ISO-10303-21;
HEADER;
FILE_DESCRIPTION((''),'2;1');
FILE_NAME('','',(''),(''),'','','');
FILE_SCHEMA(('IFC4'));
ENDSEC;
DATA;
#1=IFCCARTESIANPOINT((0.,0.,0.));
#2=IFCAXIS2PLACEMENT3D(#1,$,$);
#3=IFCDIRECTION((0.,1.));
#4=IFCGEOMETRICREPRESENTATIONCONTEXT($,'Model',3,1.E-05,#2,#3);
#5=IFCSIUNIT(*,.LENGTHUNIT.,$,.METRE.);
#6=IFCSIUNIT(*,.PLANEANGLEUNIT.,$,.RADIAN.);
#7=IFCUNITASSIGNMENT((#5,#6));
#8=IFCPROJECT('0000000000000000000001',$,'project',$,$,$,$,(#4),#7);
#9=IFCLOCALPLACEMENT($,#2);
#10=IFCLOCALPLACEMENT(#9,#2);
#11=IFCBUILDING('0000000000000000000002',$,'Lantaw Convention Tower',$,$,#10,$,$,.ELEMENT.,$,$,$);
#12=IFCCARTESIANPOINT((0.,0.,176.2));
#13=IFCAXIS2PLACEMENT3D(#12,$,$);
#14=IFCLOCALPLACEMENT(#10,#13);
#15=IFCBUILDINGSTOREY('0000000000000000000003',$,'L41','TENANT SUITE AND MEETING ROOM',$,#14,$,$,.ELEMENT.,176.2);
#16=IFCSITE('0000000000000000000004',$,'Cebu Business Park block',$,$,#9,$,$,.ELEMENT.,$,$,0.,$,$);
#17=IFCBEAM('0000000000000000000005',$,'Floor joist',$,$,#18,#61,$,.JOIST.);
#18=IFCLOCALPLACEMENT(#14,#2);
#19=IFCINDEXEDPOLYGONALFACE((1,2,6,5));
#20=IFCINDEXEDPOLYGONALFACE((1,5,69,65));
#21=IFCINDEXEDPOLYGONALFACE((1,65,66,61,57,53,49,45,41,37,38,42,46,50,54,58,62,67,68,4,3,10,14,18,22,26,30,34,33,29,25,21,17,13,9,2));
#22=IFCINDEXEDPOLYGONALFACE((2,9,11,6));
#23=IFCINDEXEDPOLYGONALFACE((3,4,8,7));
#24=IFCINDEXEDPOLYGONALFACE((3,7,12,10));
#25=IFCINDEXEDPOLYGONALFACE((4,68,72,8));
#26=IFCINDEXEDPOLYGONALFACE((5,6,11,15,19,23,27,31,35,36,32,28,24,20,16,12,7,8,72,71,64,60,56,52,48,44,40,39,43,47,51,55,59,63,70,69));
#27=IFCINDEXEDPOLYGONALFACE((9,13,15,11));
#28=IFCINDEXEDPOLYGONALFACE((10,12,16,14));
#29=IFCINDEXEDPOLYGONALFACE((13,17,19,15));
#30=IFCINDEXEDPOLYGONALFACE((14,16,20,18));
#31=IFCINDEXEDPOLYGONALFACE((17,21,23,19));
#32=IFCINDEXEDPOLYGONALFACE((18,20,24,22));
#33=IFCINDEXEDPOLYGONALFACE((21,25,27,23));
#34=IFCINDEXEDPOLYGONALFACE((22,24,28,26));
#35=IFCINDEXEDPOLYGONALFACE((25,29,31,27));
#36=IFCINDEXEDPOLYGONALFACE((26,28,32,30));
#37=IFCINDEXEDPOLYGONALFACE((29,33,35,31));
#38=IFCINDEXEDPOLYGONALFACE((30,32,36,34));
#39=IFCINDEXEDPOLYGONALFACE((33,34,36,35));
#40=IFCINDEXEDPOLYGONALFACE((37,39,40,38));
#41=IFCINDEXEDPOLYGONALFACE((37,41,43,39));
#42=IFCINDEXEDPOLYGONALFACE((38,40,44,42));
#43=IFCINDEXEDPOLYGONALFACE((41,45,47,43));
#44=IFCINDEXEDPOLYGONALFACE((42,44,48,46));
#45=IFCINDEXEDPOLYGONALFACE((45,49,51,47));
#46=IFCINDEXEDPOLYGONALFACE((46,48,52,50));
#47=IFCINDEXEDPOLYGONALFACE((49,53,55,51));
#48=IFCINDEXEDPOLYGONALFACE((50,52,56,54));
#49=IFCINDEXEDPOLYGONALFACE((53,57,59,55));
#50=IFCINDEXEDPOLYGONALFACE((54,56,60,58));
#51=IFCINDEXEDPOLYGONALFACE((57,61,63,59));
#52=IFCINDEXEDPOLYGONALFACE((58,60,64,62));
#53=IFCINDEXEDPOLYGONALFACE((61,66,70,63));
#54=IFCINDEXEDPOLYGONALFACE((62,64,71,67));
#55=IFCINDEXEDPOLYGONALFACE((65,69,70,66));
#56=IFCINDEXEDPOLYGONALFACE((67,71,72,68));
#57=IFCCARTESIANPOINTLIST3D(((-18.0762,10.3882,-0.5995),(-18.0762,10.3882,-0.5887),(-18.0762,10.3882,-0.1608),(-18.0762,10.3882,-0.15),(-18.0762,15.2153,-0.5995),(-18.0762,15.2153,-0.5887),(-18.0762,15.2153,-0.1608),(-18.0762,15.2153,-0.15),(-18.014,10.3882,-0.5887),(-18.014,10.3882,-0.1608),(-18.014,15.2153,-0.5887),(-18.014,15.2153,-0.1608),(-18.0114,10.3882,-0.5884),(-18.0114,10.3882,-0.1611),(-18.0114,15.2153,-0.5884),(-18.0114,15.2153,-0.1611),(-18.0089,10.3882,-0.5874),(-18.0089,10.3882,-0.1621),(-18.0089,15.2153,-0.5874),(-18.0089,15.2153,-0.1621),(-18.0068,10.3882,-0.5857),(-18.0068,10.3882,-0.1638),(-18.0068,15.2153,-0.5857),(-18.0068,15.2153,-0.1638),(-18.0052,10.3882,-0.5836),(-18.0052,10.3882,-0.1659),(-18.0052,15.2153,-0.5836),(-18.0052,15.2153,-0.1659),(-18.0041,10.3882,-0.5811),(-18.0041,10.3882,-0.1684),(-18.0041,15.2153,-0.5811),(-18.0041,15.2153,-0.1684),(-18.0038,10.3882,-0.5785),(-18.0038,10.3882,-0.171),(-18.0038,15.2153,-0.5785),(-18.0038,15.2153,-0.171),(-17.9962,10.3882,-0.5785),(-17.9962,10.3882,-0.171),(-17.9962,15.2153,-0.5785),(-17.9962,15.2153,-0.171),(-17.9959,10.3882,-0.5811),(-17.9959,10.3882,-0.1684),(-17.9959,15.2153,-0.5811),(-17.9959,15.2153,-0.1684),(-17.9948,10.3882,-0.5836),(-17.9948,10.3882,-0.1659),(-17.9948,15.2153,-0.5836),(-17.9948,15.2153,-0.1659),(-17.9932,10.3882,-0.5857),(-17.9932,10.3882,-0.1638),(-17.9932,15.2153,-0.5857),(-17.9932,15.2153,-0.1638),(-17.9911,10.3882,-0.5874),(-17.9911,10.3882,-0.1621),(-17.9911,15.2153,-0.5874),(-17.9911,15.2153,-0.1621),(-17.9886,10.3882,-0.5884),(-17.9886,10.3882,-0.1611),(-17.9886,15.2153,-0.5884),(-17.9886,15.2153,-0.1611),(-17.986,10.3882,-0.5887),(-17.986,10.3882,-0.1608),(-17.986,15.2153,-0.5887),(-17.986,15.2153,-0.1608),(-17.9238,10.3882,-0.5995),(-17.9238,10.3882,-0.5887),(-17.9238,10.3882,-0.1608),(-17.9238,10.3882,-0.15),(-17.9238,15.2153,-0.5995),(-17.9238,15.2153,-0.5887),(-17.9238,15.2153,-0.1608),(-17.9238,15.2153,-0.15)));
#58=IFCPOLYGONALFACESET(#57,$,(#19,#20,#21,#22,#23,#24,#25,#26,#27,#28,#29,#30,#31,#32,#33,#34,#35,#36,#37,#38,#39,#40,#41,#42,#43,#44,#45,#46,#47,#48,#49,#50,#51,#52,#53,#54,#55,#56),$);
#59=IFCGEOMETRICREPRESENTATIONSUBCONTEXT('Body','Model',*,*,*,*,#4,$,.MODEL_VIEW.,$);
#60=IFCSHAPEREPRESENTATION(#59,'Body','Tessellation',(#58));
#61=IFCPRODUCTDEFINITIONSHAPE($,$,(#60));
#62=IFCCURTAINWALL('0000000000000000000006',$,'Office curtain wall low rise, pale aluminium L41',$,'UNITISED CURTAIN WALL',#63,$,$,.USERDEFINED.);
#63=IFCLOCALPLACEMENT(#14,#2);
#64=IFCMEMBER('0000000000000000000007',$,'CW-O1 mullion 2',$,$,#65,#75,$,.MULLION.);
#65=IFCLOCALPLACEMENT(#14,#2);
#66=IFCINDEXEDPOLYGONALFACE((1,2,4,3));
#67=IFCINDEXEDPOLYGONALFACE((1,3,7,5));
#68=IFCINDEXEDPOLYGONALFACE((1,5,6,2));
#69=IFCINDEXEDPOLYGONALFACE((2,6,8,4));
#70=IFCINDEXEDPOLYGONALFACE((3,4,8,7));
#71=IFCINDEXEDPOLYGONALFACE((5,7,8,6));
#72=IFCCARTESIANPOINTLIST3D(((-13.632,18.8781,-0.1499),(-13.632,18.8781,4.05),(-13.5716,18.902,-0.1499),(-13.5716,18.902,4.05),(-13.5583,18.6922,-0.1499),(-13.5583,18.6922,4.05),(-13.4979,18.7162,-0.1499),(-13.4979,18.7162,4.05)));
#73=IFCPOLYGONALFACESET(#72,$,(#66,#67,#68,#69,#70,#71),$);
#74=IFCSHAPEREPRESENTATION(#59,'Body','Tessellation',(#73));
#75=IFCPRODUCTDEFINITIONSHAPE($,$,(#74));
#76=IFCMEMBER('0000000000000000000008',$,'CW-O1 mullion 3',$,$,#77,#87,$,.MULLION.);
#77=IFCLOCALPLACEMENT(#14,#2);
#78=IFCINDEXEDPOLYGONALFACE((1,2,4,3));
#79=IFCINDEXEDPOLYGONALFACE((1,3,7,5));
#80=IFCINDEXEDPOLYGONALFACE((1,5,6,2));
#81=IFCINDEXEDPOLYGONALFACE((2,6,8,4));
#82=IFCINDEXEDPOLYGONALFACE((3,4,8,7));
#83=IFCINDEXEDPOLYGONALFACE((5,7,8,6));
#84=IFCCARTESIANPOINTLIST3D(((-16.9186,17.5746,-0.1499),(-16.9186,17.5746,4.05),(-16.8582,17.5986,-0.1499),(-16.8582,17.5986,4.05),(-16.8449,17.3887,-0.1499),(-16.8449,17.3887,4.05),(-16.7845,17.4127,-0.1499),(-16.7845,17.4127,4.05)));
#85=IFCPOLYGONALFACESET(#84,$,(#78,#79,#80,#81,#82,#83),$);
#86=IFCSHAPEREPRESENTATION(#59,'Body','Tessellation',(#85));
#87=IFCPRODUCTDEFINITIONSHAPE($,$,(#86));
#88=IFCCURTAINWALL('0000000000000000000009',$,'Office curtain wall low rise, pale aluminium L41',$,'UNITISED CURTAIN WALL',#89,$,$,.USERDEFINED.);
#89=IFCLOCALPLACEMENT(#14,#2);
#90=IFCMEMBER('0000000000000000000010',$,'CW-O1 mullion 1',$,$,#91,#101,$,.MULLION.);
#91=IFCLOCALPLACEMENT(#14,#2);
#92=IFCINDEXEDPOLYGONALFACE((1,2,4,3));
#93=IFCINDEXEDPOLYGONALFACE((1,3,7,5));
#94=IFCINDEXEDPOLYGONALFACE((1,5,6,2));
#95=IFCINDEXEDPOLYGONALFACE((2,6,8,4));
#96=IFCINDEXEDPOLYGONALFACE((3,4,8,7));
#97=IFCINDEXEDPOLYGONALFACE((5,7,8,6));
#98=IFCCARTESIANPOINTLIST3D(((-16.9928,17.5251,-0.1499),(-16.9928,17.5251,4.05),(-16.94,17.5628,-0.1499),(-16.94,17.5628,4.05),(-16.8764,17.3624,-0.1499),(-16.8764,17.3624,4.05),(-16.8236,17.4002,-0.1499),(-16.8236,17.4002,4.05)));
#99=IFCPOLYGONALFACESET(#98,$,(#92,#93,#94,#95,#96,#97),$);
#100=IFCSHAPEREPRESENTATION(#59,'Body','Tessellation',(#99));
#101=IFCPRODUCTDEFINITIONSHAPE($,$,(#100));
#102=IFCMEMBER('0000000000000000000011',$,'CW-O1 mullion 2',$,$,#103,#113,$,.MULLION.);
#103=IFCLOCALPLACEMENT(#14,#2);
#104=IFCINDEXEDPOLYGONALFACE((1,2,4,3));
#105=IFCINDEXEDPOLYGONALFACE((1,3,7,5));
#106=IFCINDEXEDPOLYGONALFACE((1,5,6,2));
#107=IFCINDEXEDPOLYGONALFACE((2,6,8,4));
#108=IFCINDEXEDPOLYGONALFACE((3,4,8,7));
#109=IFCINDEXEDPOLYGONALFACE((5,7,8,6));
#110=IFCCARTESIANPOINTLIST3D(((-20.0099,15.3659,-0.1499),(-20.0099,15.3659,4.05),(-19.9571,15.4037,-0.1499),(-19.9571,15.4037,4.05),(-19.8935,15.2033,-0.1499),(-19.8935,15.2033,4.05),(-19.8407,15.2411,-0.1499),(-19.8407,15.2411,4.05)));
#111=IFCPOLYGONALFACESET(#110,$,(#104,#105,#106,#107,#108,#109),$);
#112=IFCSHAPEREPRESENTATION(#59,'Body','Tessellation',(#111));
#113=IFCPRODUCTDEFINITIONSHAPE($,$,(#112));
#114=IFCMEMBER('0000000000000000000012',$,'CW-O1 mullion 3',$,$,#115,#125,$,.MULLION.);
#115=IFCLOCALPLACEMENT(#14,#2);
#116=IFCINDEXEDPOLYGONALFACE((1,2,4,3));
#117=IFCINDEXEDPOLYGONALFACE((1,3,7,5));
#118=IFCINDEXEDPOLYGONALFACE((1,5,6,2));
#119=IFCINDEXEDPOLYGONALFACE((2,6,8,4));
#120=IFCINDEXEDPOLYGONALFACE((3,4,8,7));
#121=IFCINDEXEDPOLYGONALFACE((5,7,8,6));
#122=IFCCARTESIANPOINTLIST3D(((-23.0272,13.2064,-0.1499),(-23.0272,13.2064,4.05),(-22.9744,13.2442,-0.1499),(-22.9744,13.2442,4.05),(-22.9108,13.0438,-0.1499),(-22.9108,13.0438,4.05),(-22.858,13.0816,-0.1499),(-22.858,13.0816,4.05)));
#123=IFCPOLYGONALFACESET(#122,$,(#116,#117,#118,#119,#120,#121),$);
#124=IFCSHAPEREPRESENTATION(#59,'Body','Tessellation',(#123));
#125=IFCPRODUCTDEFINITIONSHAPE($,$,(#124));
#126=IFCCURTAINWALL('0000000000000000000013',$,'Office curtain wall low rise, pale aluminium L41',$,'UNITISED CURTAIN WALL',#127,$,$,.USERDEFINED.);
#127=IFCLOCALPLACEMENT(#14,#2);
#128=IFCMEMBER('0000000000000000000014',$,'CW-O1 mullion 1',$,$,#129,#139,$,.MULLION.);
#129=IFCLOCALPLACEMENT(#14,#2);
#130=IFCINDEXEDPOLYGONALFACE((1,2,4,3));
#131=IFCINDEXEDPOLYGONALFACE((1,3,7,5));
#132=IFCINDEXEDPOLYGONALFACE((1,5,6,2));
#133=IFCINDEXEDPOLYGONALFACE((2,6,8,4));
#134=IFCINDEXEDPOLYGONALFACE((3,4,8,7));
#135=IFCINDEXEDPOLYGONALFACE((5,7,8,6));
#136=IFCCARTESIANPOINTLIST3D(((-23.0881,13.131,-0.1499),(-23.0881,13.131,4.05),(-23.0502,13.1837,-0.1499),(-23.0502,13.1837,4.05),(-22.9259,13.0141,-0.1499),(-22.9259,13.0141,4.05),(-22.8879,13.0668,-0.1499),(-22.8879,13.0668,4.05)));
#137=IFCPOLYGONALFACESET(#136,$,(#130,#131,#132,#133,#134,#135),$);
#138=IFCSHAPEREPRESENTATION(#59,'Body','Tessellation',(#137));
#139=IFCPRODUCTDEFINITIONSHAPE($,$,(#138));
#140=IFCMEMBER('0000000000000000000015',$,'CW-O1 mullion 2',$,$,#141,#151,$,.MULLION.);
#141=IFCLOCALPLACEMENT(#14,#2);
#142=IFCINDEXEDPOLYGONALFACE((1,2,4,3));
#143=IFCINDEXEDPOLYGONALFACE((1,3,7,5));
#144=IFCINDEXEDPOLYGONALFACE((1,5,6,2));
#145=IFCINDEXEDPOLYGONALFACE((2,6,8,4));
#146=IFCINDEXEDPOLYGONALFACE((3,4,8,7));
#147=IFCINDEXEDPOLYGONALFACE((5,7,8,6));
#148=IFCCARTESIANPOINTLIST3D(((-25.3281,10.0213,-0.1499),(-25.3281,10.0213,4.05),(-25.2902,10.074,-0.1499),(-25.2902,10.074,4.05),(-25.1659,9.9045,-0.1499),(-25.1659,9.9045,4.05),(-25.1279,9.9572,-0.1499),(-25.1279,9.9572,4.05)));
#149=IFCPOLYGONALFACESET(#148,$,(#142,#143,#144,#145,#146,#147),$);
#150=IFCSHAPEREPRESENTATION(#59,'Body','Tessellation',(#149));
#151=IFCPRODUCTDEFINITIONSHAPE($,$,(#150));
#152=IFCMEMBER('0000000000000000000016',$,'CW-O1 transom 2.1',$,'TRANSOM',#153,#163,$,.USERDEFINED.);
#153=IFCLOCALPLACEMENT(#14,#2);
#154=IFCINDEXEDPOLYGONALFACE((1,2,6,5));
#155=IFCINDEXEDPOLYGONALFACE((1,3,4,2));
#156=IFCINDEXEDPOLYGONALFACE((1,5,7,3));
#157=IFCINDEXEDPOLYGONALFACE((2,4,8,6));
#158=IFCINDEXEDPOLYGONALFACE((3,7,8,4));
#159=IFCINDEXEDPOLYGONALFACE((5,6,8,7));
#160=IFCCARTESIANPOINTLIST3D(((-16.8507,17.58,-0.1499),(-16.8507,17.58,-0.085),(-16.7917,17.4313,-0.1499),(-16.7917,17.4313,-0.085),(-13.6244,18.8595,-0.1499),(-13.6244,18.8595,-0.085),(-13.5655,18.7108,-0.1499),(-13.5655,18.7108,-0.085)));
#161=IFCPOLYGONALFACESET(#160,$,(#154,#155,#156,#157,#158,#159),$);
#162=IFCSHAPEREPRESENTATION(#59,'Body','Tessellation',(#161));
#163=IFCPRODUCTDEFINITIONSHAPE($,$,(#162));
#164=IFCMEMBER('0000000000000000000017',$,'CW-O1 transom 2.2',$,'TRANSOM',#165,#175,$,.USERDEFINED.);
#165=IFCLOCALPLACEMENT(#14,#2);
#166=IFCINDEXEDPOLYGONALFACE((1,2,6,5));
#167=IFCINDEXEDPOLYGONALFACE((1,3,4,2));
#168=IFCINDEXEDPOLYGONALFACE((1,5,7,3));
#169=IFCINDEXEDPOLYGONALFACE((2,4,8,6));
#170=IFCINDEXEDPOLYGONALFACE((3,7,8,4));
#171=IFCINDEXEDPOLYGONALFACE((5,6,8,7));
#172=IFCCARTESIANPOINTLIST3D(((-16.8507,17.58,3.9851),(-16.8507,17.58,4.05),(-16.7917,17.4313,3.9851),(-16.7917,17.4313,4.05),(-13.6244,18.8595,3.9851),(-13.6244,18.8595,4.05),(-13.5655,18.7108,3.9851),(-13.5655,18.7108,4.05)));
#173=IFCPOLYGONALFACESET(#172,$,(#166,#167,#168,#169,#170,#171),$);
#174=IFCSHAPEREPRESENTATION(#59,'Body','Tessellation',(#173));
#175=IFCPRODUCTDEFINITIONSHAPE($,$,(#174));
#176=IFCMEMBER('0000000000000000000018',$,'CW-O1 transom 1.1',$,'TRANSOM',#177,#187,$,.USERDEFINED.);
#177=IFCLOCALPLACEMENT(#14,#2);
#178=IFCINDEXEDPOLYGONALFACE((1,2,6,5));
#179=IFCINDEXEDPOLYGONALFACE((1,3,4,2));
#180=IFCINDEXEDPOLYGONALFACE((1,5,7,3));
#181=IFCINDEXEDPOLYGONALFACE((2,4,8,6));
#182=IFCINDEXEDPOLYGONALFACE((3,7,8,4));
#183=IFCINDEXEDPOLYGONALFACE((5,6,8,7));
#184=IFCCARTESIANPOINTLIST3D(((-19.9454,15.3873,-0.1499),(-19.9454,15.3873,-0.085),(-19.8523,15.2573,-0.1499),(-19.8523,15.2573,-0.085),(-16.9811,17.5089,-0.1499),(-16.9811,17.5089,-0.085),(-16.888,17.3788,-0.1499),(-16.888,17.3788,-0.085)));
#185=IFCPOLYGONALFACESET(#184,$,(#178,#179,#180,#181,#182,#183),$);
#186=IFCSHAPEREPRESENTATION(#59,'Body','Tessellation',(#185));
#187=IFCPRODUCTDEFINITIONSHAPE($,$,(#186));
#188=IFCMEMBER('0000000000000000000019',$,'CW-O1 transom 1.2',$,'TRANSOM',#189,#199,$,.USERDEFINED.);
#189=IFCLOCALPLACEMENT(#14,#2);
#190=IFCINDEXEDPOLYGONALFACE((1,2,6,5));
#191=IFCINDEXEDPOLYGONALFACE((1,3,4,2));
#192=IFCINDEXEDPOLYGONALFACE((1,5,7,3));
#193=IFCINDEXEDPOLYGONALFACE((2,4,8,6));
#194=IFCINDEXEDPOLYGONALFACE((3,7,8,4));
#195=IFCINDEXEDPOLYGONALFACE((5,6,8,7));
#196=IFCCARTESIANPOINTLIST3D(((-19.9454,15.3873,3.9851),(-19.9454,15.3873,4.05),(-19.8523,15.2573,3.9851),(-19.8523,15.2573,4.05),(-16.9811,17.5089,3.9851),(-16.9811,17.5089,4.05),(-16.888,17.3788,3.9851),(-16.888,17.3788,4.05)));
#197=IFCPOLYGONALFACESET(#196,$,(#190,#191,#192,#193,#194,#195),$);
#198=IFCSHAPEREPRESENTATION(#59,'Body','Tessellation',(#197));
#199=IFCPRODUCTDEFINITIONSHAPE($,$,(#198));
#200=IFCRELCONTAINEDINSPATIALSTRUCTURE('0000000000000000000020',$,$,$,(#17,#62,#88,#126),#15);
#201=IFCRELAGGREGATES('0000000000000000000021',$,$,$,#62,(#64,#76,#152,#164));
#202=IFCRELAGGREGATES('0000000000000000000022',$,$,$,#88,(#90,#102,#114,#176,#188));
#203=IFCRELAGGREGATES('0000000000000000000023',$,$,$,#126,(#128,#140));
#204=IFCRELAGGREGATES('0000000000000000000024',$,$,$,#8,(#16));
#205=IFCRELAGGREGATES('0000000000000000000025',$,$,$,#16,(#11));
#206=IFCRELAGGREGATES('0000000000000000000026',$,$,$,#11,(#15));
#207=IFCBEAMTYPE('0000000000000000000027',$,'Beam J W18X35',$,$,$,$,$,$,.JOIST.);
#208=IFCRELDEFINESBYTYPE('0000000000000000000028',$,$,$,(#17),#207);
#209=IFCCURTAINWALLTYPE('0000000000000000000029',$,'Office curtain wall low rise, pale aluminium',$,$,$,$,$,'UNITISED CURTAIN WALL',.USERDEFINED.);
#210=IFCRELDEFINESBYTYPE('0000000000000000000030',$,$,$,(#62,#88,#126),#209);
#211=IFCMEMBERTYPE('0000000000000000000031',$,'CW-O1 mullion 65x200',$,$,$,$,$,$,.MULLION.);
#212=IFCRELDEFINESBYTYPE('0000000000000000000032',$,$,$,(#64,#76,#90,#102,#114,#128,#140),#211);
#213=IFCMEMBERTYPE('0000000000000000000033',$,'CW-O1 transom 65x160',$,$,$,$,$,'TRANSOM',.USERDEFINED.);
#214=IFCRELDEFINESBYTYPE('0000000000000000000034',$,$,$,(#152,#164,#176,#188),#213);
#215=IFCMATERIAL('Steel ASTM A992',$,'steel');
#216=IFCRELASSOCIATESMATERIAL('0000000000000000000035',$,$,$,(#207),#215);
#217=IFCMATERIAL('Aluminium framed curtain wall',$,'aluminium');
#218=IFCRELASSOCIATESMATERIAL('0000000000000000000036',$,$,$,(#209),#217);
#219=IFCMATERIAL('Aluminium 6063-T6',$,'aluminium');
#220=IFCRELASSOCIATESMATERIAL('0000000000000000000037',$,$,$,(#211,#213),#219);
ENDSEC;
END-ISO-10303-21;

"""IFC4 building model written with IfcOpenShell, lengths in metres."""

from ifc_helpers import new_model, si_unit, direction, frame, origin, origin_2d, place, context, subcontext, project, spatial, rectangle, i_section, extrude, material, material_profile, profile_set, type_object, element, aggregate, save


model = new_model("IFC4")

# Units and contexts
model_context = context("Model", 3, precision=1e-05, world=origin(), true_north=direction((0.0, 1.0)))
body_context = subcontext(model_context, "Body", "Model", "MODEL_VIEW")
ifc_project = project(units=[si_unit("LENGTHUNIT", "METRE"), si_unit("PLANEANGLEUNIT", "RADIAN")], contexts=[model_context])

# Site, building, storey
site_placement = place(None, origin())
site = spatial("IfcSite", under=ifc_project, at=site_placement, Name="Cebu Business Park block", CompositionType="ELEMENT", RefElevation=0.0)
building_placement = place(site_placement, origin())
building = spatial("IfcBuilding", under=site, at=building_placement, Name="Lantaw Convention Tower", CompositionType="ELEMENT")
storey_placement = place(building_placement, frame((0.0, 0.0, 176.2)))
storey = spatial("IfcBuildingStorey", under=building, at=storey_placement, Name="L41", Description="TENANT SUITE AND MEETING ROOM", CompositionType="ELEMENT", Elevation=176.2)

# Beam
ifc_material_1 = material(Name="Steel ASTM A992", Category="steel")
ifc_material_profile_1 = material_profile(ifc_material_1, i_section(OverallWidth=0.1523, OverallDepth=0.4495, WebThickness=0.0076, FlangeThickness=0.0107, FilletRadius=0.0103, at=origin_2d()), Name="W18X35")
ifc_profile_set_1 = profile_set([ifc_material_profile_1], Name="Steel ASTM A992")
beam_type_1 = type_object("IfcBeamType", Name="Beam J W18X35", PredefinedType="JOIST", material=ifc_profile_set_1)
beam_1_placement = place(storey_placement, frame((-18.0, 10.3882, -0.3748), z_axis=(0.0, 1.0, 0.0), x_axis=(-1.0, 0.0, 0.0)))
element("IfcBeam", 1, at=beam_1_placement, inside=storey, type_object=beam_type_1, Name="Floor joist", PredefinedType="JOIST", context=body_context, shape_type="SweptSolid", body=[
    extrude(i_section(OverallWidth=0.1523, OverallDepth=0.4495, WebThickness=0.0076, FlangeThickness=0.0107, FilletRadius=0.0103, at=origin_2d()), origin(), (0.0, 0.0, 1.0), 4.8271),
])

# Curtain walls, members
ifc_material_2 = material(Name="Aluminium framed curtain wall", Category="aluminium")
curtain_wall_type = type_object("IfcCurtainWallType", Name="Office curtain wall low rise, pale aluminium", ElementType="UNITISED CURTAIN WALL", PredefinedType="USERDEFINED", material=ifc_material_2)
curtain_wall_1_placement = place(storey_placement, origin())
curtain_wall_1 = element("IfcCurtainWall", 2, at=curtain_wall_1_placement, inside=storey, type_object=curtain_wall_type, Name="Office curtain wall low rise, pale aluminium L41", ObjectType="UNITISED CURTAIN WALL", PredefinedType="USERDEFINED")
ifc_material_3 = material(Name="Aluminium 6063-T6", Category="aluminium")
ifc_material_profile_2 = material_profile(ifc_material_3, rectangle(XDim=0.2, YDim=0.0649, at=origin_2d()), Name="CW-O1 mullion 65x200")
ifc_profile_set_2 = profile_set([ifc_material_profile_2], Name="Aluminium 6063-T6")
member_type_1 = type_object("IfcMemberType", Name="CW-O1 mullion 65x200", PredefinedType="MULLION", material=ifc_profile_set_2)
member_1_placement = place(storey_placement, frame((-13.5649, 18.7971, -0.1499), z_axis=(0.0, 0.0, 1.0), x_axis=(0.368702, -0.929548, 0.0)))
member_1 = element("IfcMember", 3, at=member_1_placement, type_object=member_type_1, Name="CW-O1 mullion 2", PredefinedType="MULLION", context=body_context, shape_type="SweptSolid", body=[
    extrude(rectangle(XDim=0.2, YDim=0.0649, at=origin_2d()), origin(), (0.0, 0.0, 1.0), 4.2),
])
member_2_placement = place(storey_placement, frame((-16.8516, 17.4937, -0.1499), z_axis=(0.0, 0.0, 1.0), x_axis=(0.368702, -0.929548, 0.0)))
member_2 = element("IfcMember", 4, at=member_2_placement, type_object=member_type_1, Name="CW-O1 mullion 3", PredefinedType="MULLION", context=body_context, shape_type="SweptSolid", body=[
    extrude(rectangle(XDim=0.2, YDim=0.0649, at=origin_2d()), origin(), (0.0, 0.0, 1.0), 4.2),
])
curtain_wall_2_placement = place(storey_placement, origin())
curtain_wall_2 = element("IfcCurtainWall", 5, at=curtain_wall_2_placement, inside=storey, type_object=curtain_wall_type, Name="Office curtain wall low rise, pale aluminium L41", ObjectType="UNITISED CURTAIN WALL", PredefinedType="USERDEFINED")
member_3_placement = place(storey_placement, frame((-16.9082, 17.4626, -0.1499), z_axis=(0.0, 0.0, 1.0), x_axis=(0.581973, -0.813208, 0.0)))
member_3 = element("IfcMember", 6, at=member_3_placement, type_object=member_type_1, Name="CW-O1 mullion 1", PredefinedType="MULLION", context=body_context, shape_type="SweptSolid", body=[
    extrude(rectangle(XDim=0.2, YDim=0.0649, at=origin_2d()), origin(), (0.0, 0.0, 1.0), 4.2),
])
member_4_placement = place(storey_placement, frame((-19.9253, 15.3035, -0.1499), z_axis=(0.0, 0.0, 1.0), x_axis=(0.581973, -0.813208, 0.0)))
member_4 = element("IfcMember", 7, at=member_4_placement, type_object=member_type_1, Name="CW-O1 mullion 2", PredefinedType="MULLION", context=body_context, shape_type="SweptSolid", body=[
    extrude(rectangle(XDim=0.2, YDim=0.0649, at=origin_2d()), origin(), (0.0, 0.0, 1.0), 4.2),
])
member_5_placement = place(storey_placement, frame((-22.9426, 13.144, -0.1499), z_axis=(0.0, 0.0, 1.0), x_axis=(0.581973, -0.813208, 0.0)))
member_5 = element("IfcMember", 8, at=member_5_placement, type_object=member_type_1, Name="CW-O1 mullion 3", PredefinedType="MULLION", context=body_context, shape_type="SweptSolid", body=[
    extrude(rectangle(XDim=0.2, YDim=0.0649, at=origin_2d()), origin(), (0.0, 0.0, 1.0), 4.2),
])
curtain_wall_3_placement = place(storey_placement, origin())
curtain_wall_3 = element("IfcCurtainWall", 9, at=curtain_wall_3_placement, inside=storey, type_object=curtain_wall_type, Name="Office curtain wall low rise, pale aluminium L41", ObjectType="UNITISED CURTAIN WALL", PredefinedType="USERDEFINED")
member_6_placement = place(storey_placement, frame((-22.988, 13.0989, -0.1499), z_axis=(0.0, 0.0, 1.0), x_axis=(0.811385, -0.584513, 0.0)))
member_6 = element("IfcMember", 10, at=member_6_placement, type_object=member_type_1, Name="CW-O1 mullion 1", PredefinedType="MULLION", context=body_context, shape_type="SweptSolid", body=[
    extrude(rectangle(XDim=0.2, YDim=0.0649, at=origin_2d()), origin(), (0.0, 0.0, 1.0), 4.2),
])
member_7_placement = place(storey_placement, frame((-25.228, 9.9893, -0.1499), z_axis=(0.0, 0.0, 1.0), x_axis=(0.811385, -0.584513, 0.0)))
member_7 = element("IfcMember", 11, at=member_7_placement, type_object=member_type_1, Name="CW-O1 mullion 2", PredefinedType="MULLION", context=body_context, shape_type="SweptSolid", body=[
    extrude(rectangle(XDim=0.2, YDim=0.0649, at=origin_2d()), origin(), (0.0, 0.0, 1.0), 4.2),
])

# Members
ifc_material_profile_3 = material_profile(ifc_material_3, rectangle(XDim=0.1599, YDim=0.0649, at=origin_2d()), Name="CW-O1 transom 65x160")
ifc_profile_set_3 = profile_set([ifc_material_profile_3], Name="Aluminium 6063-T6")
member_type_2 = type_object("IfcMemberType", Name="CW-O1 transom 65x160", ElementType="TRANSOM", PredefinedType="USERDEFINED", material=ifc_profile_set_3)
member_8_placement = place(storey_placement, frame((-13.595, 18.7852, -0.1174), z_axis=(-0.929564, -0.36866, 0.0), x_axis=(0.36866, -0.929564, 0.0)))
member_8 = element("IfcMember", 12, at=member_8_placement, type_object=member_type_2, Name="CW-O1 transom 2.1", ObjectType="TRANSOM", PredefinedType="USERDEFINED", context=body_context, shape_type="SweptSolid", body=[
    extrude(rectangle(XDim=0.1599, YDim=0.0649, at=origin_2d()), origin(), (0.0, 0.0, 1.0), 3.4707),
])
member_9_placement = place(storey_placement, frame((-13.595, 18.7852, 4.0176), z_axis=(-0.929564, -0.36866, 0.0), x_axis=(0.36866, -0.929564, 0.0)))
member_9 = element("IfcMember", 13, at=member_9_placement, type_object=member_type_2, Name="CW-O1 transom 2.2", ObjectType="TRANSOM", PredefinedType="USERDEFINED", context=body_context, shape_type="SweptSolid", body=[
    extrude(rectangle(XDim=0.1599, YDim=0.0649, at=origin_2d()), origin(), (0.0, 0.0, 1.0), 3.4707),
])
member_10_placement = place(storey_placement, frame((-16.9346, 17.4438, -0.1174), z_axis=(-0.81319, -0.581998, 0.0), x_axis=(0.581998, -0.81319, 0.0)))
member_10 = element("IfcMember", 14, at=member_10_placement, type_object=member_type_2, Name="CW-O1 transom 1.1", ObjectType="TRANSOM", PredefinedType="USERDEFINED", context=body_context, shape_type="SweptSolid", body=[
    extrude(rectangle(XDim=0.1599, YDim=0.0649, at=origin_2d()), origin(), (0.0, 0.0, 1.0), 3.6453),
])
member_11_placement = place(storey_placement, frame((-16.9346, 17.4438, 4.0176), z_axis=(-0.81319, -0.581998, 0.0), x_axis=(0.581998, -0.81319, 0.0)))
member_11 = element("IfcMember", 15, at=member_11_placement, type_object=member_type_2, Name="CW-O1 transom 1.2", ObjectType="TRANSOM", PredefinedType="USERDEFINED", context=body_context, shape_type="SweptSolid", body=[
    extrude(rectangle(XDim=0.1599, YDim=0.0649, at=origin_2d()), origin(), (0.0, 0.0, 1.0), 3.6453),
])

aggregate(curtain_wall_1, [member_1, member_2, member_8, member_9])
aggregate(curtain_wall_2, [member_3, member_4, member_5, member_10, member_11])
aggregate(curtain_wall_3, [member_6, member_7])

save(model, "model.ifc")
